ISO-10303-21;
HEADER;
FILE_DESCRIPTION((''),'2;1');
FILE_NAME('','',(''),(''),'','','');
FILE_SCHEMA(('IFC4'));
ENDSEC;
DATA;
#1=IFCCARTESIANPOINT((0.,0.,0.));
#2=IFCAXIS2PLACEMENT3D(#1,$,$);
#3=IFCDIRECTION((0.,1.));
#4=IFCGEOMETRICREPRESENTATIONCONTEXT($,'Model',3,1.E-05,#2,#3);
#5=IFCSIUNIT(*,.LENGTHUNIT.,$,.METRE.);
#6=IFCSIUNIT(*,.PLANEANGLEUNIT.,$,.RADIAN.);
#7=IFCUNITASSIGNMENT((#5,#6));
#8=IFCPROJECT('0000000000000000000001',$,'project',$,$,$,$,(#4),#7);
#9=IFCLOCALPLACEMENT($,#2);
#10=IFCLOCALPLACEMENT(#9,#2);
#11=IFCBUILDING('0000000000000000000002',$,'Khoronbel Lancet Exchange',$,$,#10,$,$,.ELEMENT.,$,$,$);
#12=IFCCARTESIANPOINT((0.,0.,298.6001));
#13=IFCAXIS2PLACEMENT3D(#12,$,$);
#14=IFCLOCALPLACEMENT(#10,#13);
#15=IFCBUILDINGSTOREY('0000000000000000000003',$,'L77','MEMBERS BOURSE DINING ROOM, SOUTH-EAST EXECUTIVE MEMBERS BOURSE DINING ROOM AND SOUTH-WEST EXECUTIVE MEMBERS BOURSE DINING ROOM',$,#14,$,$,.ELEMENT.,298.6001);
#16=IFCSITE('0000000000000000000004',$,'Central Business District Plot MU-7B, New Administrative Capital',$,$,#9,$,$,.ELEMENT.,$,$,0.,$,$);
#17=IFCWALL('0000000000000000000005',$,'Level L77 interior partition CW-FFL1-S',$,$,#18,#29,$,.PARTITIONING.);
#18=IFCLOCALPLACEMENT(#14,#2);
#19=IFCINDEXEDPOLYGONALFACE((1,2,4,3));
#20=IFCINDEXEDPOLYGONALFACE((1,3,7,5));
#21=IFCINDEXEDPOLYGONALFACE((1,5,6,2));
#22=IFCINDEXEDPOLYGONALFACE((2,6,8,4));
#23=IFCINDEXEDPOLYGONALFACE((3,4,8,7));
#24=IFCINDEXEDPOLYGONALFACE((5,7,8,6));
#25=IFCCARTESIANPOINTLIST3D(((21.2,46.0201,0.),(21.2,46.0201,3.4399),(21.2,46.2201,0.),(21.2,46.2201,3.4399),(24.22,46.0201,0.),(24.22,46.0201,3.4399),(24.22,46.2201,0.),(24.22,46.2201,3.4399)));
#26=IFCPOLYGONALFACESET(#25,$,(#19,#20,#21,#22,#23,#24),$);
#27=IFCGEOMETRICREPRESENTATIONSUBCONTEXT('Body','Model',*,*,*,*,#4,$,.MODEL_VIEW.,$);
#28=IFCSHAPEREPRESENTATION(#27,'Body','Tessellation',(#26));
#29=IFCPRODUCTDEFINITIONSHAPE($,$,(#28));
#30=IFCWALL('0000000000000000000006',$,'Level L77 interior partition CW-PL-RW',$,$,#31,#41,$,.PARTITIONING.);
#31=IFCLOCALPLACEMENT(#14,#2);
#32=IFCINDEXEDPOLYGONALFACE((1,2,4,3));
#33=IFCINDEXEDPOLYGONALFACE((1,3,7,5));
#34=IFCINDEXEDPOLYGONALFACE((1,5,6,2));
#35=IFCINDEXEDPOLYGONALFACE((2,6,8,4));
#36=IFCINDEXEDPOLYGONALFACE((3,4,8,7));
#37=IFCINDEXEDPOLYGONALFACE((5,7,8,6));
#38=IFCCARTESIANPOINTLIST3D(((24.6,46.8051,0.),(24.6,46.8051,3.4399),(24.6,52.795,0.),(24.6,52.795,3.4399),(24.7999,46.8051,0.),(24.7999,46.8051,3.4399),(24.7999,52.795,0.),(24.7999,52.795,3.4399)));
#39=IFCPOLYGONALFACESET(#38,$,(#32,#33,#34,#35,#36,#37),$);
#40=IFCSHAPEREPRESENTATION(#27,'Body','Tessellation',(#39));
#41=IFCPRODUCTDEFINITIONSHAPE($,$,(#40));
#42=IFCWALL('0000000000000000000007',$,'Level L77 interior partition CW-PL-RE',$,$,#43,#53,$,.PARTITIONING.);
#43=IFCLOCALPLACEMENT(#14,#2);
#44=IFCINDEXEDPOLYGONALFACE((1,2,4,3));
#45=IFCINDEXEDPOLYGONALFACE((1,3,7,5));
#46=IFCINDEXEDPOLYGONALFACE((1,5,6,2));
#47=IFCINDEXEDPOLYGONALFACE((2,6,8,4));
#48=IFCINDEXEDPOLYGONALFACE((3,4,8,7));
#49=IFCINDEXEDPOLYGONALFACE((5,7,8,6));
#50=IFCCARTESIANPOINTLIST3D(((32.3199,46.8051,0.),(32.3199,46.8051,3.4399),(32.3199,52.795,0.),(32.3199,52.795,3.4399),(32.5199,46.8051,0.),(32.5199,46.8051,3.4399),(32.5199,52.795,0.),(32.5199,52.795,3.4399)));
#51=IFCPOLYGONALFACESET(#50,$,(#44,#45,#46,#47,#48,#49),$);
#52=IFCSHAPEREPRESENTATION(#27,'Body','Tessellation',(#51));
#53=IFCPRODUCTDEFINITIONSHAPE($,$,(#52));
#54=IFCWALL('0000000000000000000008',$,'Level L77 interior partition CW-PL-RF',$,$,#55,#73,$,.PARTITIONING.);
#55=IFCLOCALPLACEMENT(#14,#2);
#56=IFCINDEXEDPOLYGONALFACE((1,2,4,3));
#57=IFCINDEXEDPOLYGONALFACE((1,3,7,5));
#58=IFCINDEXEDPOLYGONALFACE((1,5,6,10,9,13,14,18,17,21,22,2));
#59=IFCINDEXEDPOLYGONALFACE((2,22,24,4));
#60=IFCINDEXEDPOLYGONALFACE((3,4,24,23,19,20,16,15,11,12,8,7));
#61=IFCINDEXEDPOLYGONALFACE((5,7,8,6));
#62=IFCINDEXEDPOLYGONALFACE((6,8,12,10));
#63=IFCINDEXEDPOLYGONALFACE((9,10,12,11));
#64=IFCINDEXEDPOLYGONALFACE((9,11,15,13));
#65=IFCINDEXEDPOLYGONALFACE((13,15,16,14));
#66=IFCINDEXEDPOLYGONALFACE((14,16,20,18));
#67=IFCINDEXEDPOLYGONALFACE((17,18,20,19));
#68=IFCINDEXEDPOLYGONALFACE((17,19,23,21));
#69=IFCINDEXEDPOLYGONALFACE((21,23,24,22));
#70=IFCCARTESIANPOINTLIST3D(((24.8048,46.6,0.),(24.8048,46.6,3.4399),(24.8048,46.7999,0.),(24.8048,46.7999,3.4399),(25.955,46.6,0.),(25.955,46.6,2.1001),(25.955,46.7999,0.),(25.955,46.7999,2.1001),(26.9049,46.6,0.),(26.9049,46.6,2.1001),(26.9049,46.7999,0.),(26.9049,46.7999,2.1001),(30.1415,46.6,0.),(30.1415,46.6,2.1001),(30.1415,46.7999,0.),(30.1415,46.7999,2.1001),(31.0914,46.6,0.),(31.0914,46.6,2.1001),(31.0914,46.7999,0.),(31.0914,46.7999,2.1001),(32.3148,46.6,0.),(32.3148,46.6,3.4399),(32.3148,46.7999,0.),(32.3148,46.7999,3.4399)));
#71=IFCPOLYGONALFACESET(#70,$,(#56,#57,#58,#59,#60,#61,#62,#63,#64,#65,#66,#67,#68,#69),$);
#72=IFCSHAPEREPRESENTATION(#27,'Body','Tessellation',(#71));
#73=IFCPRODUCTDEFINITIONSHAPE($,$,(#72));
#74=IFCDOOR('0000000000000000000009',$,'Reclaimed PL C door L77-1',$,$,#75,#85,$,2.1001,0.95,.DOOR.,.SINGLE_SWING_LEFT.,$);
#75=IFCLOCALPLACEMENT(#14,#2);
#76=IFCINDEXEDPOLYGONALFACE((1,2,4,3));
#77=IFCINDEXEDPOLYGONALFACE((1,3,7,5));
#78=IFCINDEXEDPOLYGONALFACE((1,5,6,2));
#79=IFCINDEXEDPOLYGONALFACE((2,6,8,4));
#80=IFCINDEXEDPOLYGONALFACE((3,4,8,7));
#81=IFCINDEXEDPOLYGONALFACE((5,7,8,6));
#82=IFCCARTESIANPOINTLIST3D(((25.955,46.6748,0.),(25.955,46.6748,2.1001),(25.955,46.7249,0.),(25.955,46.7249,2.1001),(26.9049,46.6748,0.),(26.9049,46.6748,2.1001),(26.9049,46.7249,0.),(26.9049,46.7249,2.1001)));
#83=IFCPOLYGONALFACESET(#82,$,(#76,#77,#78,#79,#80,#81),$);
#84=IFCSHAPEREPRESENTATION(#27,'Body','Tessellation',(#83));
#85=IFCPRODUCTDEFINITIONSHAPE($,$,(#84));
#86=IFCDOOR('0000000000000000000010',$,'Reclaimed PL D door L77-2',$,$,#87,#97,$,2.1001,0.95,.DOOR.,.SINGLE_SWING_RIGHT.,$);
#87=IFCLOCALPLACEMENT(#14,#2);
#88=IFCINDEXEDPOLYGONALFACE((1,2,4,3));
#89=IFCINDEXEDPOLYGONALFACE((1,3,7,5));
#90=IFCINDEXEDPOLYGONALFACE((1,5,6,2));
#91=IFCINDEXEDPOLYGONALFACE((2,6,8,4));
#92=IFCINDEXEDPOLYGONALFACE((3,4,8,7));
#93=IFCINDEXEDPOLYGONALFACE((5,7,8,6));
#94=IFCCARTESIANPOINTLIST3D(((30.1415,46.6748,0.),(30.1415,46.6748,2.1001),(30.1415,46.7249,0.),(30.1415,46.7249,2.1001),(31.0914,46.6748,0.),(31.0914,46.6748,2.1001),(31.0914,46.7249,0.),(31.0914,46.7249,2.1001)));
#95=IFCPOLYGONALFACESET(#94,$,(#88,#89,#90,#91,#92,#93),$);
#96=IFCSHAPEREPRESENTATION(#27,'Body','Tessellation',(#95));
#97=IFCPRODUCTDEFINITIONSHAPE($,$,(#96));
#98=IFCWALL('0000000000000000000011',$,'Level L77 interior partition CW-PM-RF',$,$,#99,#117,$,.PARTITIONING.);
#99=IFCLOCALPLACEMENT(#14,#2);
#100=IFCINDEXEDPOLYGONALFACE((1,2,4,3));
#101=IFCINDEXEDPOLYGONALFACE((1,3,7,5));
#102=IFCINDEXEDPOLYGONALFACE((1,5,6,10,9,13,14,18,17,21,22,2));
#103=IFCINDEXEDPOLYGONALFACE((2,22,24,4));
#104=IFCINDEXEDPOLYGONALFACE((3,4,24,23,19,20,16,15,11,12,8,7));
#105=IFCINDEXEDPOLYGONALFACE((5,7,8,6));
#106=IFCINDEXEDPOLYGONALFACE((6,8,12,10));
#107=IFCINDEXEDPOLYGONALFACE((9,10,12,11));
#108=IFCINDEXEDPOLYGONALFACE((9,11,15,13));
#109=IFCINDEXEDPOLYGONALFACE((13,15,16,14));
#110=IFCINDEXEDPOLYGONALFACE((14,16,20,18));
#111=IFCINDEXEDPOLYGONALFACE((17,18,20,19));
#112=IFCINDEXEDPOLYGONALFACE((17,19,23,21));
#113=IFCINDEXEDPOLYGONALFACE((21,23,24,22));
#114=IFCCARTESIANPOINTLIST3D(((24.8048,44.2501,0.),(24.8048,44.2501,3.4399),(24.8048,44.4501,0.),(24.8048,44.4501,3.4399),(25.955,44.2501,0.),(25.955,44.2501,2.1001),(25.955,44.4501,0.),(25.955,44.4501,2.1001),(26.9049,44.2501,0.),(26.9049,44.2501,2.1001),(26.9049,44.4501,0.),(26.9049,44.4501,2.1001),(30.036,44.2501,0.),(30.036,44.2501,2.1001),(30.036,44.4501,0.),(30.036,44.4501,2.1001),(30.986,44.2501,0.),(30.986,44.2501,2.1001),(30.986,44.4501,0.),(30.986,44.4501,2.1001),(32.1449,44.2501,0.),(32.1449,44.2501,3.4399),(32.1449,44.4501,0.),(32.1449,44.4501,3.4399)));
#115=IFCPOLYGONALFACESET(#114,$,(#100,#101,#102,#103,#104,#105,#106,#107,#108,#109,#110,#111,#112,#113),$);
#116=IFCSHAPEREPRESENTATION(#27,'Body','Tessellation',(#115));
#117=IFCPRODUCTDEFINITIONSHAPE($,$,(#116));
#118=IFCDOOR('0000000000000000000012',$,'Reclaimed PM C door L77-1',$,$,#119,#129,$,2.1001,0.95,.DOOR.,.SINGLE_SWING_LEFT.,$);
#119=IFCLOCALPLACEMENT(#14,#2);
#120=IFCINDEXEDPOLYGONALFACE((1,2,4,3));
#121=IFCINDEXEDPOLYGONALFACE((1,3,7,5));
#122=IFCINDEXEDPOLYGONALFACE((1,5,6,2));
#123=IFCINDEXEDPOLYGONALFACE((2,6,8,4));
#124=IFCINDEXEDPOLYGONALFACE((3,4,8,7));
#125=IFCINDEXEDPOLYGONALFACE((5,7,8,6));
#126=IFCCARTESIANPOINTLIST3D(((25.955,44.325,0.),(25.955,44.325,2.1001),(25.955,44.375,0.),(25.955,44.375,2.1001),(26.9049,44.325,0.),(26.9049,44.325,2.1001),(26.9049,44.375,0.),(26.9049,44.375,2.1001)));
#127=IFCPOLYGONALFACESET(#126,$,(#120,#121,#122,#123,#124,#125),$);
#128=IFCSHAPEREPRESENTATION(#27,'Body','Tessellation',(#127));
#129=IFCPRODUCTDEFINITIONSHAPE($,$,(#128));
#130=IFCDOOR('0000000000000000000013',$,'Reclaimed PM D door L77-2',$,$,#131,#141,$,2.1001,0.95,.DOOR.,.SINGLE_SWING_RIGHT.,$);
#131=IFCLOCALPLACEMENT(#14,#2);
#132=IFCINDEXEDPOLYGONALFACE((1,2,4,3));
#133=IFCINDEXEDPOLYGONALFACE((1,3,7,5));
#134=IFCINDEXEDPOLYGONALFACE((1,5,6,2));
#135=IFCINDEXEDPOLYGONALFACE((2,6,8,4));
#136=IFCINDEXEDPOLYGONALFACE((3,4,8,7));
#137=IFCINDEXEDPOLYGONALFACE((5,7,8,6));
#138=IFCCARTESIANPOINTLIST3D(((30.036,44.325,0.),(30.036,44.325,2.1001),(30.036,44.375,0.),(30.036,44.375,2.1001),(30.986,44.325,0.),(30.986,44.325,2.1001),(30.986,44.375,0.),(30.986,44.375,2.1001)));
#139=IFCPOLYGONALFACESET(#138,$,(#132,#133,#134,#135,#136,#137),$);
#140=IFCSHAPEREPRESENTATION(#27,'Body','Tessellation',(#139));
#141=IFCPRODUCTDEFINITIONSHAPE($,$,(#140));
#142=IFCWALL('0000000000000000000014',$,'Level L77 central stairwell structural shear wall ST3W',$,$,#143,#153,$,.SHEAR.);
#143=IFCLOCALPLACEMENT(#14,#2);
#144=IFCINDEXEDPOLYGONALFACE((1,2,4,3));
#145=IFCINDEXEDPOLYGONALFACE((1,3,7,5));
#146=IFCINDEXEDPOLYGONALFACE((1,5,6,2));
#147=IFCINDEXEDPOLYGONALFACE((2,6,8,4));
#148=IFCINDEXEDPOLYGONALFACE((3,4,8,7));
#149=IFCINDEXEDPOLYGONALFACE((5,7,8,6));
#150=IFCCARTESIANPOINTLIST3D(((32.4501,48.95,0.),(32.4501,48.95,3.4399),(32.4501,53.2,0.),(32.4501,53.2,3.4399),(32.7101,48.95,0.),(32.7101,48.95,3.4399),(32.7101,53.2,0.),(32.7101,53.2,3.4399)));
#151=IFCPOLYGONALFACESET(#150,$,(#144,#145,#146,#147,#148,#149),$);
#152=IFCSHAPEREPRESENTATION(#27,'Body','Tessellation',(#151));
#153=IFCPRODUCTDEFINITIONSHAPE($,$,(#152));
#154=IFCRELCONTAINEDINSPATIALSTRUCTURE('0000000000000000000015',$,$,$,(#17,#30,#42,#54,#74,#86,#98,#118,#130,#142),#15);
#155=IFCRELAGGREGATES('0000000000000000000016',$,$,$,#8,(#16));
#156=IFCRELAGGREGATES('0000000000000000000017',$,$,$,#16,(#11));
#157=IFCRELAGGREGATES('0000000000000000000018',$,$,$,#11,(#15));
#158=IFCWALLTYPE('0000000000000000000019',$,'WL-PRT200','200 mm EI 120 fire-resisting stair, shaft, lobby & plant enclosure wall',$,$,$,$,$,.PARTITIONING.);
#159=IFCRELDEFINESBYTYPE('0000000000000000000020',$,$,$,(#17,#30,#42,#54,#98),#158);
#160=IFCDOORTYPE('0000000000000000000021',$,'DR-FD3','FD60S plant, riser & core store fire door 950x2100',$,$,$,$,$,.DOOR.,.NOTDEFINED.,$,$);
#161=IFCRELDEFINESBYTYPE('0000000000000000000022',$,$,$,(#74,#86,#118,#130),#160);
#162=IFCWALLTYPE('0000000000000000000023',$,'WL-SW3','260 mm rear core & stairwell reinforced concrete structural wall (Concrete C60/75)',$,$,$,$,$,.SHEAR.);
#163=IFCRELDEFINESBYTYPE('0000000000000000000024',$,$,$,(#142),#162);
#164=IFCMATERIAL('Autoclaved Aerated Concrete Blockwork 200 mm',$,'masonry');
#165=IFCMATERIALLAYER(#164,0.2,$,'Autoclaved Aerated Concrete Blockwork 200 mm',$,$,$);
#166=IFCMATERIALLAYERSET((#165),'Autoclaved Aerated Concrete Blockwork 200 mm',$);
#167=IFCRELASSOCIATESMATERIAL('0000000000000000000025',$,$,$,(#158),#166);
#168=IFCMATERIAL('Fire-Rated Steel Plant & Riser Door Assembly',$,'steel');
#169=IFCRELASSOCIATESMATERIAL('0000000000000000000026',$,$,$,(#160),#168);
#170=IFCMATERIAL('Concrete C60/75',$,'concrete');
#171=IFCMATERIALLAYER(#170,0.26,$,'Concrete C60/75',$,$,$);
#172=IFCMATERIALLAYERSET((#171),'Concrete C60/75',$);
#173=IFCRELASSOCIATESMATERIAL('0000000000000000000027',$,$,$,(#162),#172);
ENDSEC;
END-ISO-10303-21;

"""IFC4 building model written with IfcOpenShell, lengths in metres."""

from ifc_helpers import new_model, si_unit, direction, frame, frame_2d, origin, place, context, subcontext, project, spatial, rectangle, extrude, material, layer, layer_set, type_object, element, fill, save


model = new_model("IFC4")

# Units and contexts
model_context = context("Model", 3, precision=1e-05, world=origin(), true_north=direction((0.0, 1.0)))
body_context = subcontext(model_context, "Body", "Model", "MODEL_VIEW")
ifc_project = project(units=[si_unit("LENGTHUNIT", "METRE"), si_unit("PLANEANGLEUNIT", "RADIAN")], contexts=[model_context])

# Site, building, storey
site_placement = place(None, origin())
site = spatial("IfcSite", under=ifc_project, at=site_placement, Name="Central Business District Plot MU-7B, New Administrative Capital", CompositionType="ELEMENT", RefElevation=0.0)
building_placement = place(site_placement, origin())
building = spatial("IfcBuilding", under=site, at=building_placement, Name="Khoronbel Lancet Exchange", CompositionType="ELEMENT")
storey_placement = place(building_placement, frame((0.0, 0.0, 298.6001)))
storey = spatial("IfcBuildingStorey", under=building, at=storey_placement, Name="L77", Description="MEMBERS BOURSE DINING ROOM, SOUTH-EAST EXECUTIVE MEMBERS BOURSE DINING ROOM AND SOUTH-WEST EXECUTIVE MEMBERS BOURSE DINING ROOM", CompositionType="ELEMENT", Elevation=298.6001)

# Shared definitions
ifc_material_1 = material(Name="Autoclaved Aerated Concrete Blockwork 200 mm", Category="masonry")
ifc_layer_1 = layer(ifc_material_1, 0.2, Name="Autoclaved Aerated Concrete Blockwork 200 mm")
ifc_layer_set_1 = layer_set([ifc_layer_1], Name="Autoclaved Aerated Concrete Blockwork 200 mm")
wall_type_1 = type_object("IfcWallType", Name="WL-PRT200", Description="200 mm EI 120 fire-resisting stair, shaft, lobby & plant enclosure wall", PredefinedType="PARTITIONING", material=ifc_layer_set_1)

# Walls
wall_1_placement = place(storey_placement, frame((21.2, 46.1201, 0.0), z_axis=(0.0, 0.0, 1.0), x_axis=(1.0, 0.0, 0.0)))
element("IfcWall", 1, at=wall_1_placement, inside=storey, type_object=wall_type_1, Name="Level L77 interior partition CW-FFL1-S", PredefinedType="PARTITIONING", context=body_context, shape_type="SweptSolid", body=[
    extrude(rectangle(XDim=3.02, YDim=0.2, at=frame_2d((1.51, 0.0))), origin(), (0.0, 0.0, 1.0), 3.4399),
])
for number, where, z_axis, x_axis, name in (
    (2, (24.7, 46.8049, 0.0), (0.0, 0.0, 1.0), (0.0, 1.0, 0.0), "Level L77 interior partition CW-PL-RW"),
    (3, (32.4199, 46.8049, 0.0), (0.0, 0.0, 1.0), (0.0, 1.0, 0.0), "Level L77 interior partition CW-PL-RE"),
):
    element("IfcWall", number, at=place(storey_placement, frame(where, z_axis=z_axis, x_axis=x_axis)), inside=storey, type_object=wall_type_1, Name=name, PredefinedType="PARTITIONING", context=body_context, shape_type="SweptSolid", body=[
        extrude(rectangle(XDim=5.99, YDim=0.2, at=frame_2d((2.9951, 0.0))), origin(), (0.0, 0.0, 1.0), 3.4399),
    ])

# Walls, openings, doors
wall_2_placement = place(storey_placement, frame((24.8049, 46.7, 0.0), z_axis=(0.0, 0.0, 1.0), x_axis=(1.0, 0.0, 0.0)))
wall_2 = element("IfcWall", 4, at=wall_2_placement, inside=storey, type_object=wall_type_1, Name="Level L77 interior partition CW-PL-RF", PredefinedType="PARTITIONING", context=body_context, shape_type="SweptSolid", body=[
    extrude(rectangle(XDim=7.51, YDim=0.2, at=frame_2d((3.7549, 0.0))), origin(), (0.0, 0.0, 1.0), 3.4399),
])
opening_1_placement = place(wall_2_placement, frame((1.1499, 0.0, 0.0)))
opening_1 = element("IfcOpeningElement", 5, at=opening_1_placement, cuts=wall_2, PredefinedType="OPENING", context=body_context, shape_type="SweptSolid", body=[
    extrude(rectangle(XDim=0.95, YDim=2.1001, at=frame_2d((0.4751, 1.05))), frame((0.0, 0.1099, 0.0), z_axis=(0.0, -1.0, 0.0), x_axis=(1.0, 0.0, 0.0)), (0.0, 0.0, 1.0), 0.22),
])
opening_2_placement = place(wall_2_placement, frame((5.3364, 0.0, 0.0)))
opening_2 = element("IfcOpeningElement", 6, at=opening_2_placement, cuts=wall_2, PredefinedType="OPENING", context=body_context, shape_type="SweptSolid", body=[
    extrude(rectangle(XDim=0.95, YDim=2.1001, at=frame_2d((0.4751, 1.05))), frame((0.0, 0.1099, 0.0), z_axis=(0.0, -1.0, 0.0), x_axis=(1.0, 0.0, 0.0)), (0.0, 0.0, 1.0), 0.22),
])
ifc_material_2 = material(Name="Fire-Rated Steel Plant & Riser Door Assembly", Category="steel")
door_type_1 = type_object("IfcDoorType", Name="DR-FD3", Description="FD60S plant, riser & core store fire door 950x2100", OperationType="NOTDEFINED", PredefinedType="DOOR", material=ifc_material_2)
door_1_placement = place(opening_1_placement, origin())
door_1 = element("IfcDoor", 7, at=door_1_placement, inside=storey, type_object=door_type_1, Name="Reclaimed PL C door L77-1", OperationType="SINGLE_SWING_LEFT", OverallHeight=2.1001, OverallWidth=0.95, PredefinedType="DOOR", context=body_context, shape_type="SweptSolid", body=[
    extrude(rectangle(XDim=0.95, YDim=2.1001, at=frame_2d((0.4751, 1.05))), frame((0.0, 0.0249, 0.0), z_axis=(0.0, -1.0, 0.0), x_axis=(1.0, 0.0, 0.0)), (0.0, 0.0, 1.0), 0.05),
])
fill(opening_1, door_1)
door_2_placement = place(opening_2_placement, origin())
door_2 = element("IfcDoor", 8, at=door_2_placement, inside=storey, type_object=door_type_1, Name="Reclaimed PL D door L77-2", OperationType="SINGLE_SWING_RIGHT", OverallHeight=2.1001, OverallWidth=0.95, PredefinedType="DOOR", context=body_context, shape_type="SweptSolid", body=[
    extrude(rectangle(XDim=0.95, YDim=2.1001, at=frame_2d((0.4751, 1.05))), frame((0.0, 0.0249, 0.0), z_axis=(0.0, -1.0, 0.0), x_axis=(1.0, 0.0, 0.0)), (0.0, 0.0, 1.0), 0.05),
])
fill(opening_2, door_2)
wall_3_placement = place(storey_placement, frame((24.8049, 44.3501, 0.0), z_axis=(0.0, 0.0, 1.0), x_axis=(1.0, 0.0, 0.0)))
wall_3 = element("IfcWall", 9, at=wall_3_placement, inside=storey, type_object=wall_type_1, Name="Level L77 interior partition CW-PM-RF", PredefinedType="PARTITIONING", context=body_context, shape_type="SweptSolid", body=[
    extrude(rectangle(XDim=7.3401, YDim=0.2, at=frame_2d((3.6699, 0.0))), origin(), (0.0, 0.0, 1.0), 3.4399),
])
opening_3_placement = place(wall_3_placement, frame((1.1499, 0.0, 0.0)))
opening_3 = element("IfcOpeningElement", 10, at=opening_3_placement, cuts=wall_3, PredefinedType="OPENING", context=body_context, shape_type="SweptSolid", body=[
    extrude(rectangle(XDim=0.95, YDim=2.1001, at=frame_2d((0.4751, 1.05))), frame((0.0, 0.1099, 0.0), z_axis=(0.0, -1.0, 0.0), x_axis=(1.0, 0.0, 0.0)), (0.0, 0.0, 1.0), 0.22),
])
opening_4_placement = place(wall_3_placement, frame((5.231, 0.0, 0.0)))
opening_4 = element("IfcOpeningElement", 11, at=opening_4_placement, cuts=wall_3, PredefinedType="OPENING", context=body_context, shape_type="SweptSolid", body=[
    extrude(rectangle(XDim=0.95, YDim=2.1001, at=frame_2d((0.4751, 1.05))), frame((0.0, 0.1099, 0.0), z_axis=(0.0, -1.0, 0.0), x_axis=(1.0, 0.0, 0.0)), (0.0, 0.0, 1.0), 0.22),
])
door_3_placement = place(opening_3_placement, origin())
door_3 = element("IfcDoor", 12, at=door_3_placement, inside=storey, type_object=door_type_1, Name="Reclaimed PM C door L77-1", OperationType="SINGLE_SWING_LEFT", OverallHeight=2.1001, OverallWidth=0.95, PredefinedType="DOOR", context=body_context, shape_type="SweptSolid", body=[
    extrude(rectangle(XDim=0.95, YDim=2.1001, at=frame_2d((0.4751, 1.05))), frame((0.0, 0.0249, 0.0), z_axis=(0.0, -1.0, 0.0), x_axis=(1.0, 0.0, 0.0)), (0.0, 0.0, 1.0), 0.05),
])
fill(opening_3, door_3)
door_4_placement = place(opening_4_placement, origin())
door_4 = element("IfcDoor", 13, at=door_4_placement, inside=storey, type_object=door_type_1, Name="Reclaimed PM D door L77-2", OperationType="SINGLE_SWING_RIGHT", OverallHeight=2.1001, OverallWidth=0.95, PredefinedType="DOOR", context=body_context, shape_type="SweptSolid", body=[
    extrude(rectangle(XDim=0.95, YDim=2.1001, at=frame_2d((0.4751, 1.05))), frame((0.0, 0.0249, 0.0), z_axis=(0.0, -1.0, 0.0), x_axis=(1.0, 0.0, 0.0)), (0.0, 0.0, 1.0), 0.05),
])
fill(opening_4, door_4)

# Wall
ifc_material_3 = material(Name="Concrete C60/75", Category="concrete")
ifc_layer_2 = layer(ifc_material_3, 0.26, Name="Concrete C60/75")
ifc_layer_set_2 = layer_set([ifc_layer_2], Name="Concrete C60/75")
wall_type_2 = type_object("IfcWallType", Name="WL-SW3", Description="260 mm rear core & stairwell reinforced concrete structural wall (Concrete C60/75)", PredefinedType="SHEAR", material=ifc_layer_set_2)
wall_4_placement = place(storey_placement, frame((32.5801, 48.95, 0.0), z_axis=(0.0, 0.0, 1.0), x_axis=(0.0, 1.0, 0.0)))
element("IfcWall", 14, at=wall_4_placement, inside=storey, type_object=wall_type_2, Name="Level L77 central stairwell structural shear wall ST3W", PredefinedType="SHEAR", context=body_context, shape_type="SweptSolid", body=[
    extrude(rectangle(XDim=4.25, YDim=0.26, at=frame_2d((2.125, 0.0))), origin(), (0.0, 0.0, 1.0), 3.4399),
])

save(model, "model.ifc")
